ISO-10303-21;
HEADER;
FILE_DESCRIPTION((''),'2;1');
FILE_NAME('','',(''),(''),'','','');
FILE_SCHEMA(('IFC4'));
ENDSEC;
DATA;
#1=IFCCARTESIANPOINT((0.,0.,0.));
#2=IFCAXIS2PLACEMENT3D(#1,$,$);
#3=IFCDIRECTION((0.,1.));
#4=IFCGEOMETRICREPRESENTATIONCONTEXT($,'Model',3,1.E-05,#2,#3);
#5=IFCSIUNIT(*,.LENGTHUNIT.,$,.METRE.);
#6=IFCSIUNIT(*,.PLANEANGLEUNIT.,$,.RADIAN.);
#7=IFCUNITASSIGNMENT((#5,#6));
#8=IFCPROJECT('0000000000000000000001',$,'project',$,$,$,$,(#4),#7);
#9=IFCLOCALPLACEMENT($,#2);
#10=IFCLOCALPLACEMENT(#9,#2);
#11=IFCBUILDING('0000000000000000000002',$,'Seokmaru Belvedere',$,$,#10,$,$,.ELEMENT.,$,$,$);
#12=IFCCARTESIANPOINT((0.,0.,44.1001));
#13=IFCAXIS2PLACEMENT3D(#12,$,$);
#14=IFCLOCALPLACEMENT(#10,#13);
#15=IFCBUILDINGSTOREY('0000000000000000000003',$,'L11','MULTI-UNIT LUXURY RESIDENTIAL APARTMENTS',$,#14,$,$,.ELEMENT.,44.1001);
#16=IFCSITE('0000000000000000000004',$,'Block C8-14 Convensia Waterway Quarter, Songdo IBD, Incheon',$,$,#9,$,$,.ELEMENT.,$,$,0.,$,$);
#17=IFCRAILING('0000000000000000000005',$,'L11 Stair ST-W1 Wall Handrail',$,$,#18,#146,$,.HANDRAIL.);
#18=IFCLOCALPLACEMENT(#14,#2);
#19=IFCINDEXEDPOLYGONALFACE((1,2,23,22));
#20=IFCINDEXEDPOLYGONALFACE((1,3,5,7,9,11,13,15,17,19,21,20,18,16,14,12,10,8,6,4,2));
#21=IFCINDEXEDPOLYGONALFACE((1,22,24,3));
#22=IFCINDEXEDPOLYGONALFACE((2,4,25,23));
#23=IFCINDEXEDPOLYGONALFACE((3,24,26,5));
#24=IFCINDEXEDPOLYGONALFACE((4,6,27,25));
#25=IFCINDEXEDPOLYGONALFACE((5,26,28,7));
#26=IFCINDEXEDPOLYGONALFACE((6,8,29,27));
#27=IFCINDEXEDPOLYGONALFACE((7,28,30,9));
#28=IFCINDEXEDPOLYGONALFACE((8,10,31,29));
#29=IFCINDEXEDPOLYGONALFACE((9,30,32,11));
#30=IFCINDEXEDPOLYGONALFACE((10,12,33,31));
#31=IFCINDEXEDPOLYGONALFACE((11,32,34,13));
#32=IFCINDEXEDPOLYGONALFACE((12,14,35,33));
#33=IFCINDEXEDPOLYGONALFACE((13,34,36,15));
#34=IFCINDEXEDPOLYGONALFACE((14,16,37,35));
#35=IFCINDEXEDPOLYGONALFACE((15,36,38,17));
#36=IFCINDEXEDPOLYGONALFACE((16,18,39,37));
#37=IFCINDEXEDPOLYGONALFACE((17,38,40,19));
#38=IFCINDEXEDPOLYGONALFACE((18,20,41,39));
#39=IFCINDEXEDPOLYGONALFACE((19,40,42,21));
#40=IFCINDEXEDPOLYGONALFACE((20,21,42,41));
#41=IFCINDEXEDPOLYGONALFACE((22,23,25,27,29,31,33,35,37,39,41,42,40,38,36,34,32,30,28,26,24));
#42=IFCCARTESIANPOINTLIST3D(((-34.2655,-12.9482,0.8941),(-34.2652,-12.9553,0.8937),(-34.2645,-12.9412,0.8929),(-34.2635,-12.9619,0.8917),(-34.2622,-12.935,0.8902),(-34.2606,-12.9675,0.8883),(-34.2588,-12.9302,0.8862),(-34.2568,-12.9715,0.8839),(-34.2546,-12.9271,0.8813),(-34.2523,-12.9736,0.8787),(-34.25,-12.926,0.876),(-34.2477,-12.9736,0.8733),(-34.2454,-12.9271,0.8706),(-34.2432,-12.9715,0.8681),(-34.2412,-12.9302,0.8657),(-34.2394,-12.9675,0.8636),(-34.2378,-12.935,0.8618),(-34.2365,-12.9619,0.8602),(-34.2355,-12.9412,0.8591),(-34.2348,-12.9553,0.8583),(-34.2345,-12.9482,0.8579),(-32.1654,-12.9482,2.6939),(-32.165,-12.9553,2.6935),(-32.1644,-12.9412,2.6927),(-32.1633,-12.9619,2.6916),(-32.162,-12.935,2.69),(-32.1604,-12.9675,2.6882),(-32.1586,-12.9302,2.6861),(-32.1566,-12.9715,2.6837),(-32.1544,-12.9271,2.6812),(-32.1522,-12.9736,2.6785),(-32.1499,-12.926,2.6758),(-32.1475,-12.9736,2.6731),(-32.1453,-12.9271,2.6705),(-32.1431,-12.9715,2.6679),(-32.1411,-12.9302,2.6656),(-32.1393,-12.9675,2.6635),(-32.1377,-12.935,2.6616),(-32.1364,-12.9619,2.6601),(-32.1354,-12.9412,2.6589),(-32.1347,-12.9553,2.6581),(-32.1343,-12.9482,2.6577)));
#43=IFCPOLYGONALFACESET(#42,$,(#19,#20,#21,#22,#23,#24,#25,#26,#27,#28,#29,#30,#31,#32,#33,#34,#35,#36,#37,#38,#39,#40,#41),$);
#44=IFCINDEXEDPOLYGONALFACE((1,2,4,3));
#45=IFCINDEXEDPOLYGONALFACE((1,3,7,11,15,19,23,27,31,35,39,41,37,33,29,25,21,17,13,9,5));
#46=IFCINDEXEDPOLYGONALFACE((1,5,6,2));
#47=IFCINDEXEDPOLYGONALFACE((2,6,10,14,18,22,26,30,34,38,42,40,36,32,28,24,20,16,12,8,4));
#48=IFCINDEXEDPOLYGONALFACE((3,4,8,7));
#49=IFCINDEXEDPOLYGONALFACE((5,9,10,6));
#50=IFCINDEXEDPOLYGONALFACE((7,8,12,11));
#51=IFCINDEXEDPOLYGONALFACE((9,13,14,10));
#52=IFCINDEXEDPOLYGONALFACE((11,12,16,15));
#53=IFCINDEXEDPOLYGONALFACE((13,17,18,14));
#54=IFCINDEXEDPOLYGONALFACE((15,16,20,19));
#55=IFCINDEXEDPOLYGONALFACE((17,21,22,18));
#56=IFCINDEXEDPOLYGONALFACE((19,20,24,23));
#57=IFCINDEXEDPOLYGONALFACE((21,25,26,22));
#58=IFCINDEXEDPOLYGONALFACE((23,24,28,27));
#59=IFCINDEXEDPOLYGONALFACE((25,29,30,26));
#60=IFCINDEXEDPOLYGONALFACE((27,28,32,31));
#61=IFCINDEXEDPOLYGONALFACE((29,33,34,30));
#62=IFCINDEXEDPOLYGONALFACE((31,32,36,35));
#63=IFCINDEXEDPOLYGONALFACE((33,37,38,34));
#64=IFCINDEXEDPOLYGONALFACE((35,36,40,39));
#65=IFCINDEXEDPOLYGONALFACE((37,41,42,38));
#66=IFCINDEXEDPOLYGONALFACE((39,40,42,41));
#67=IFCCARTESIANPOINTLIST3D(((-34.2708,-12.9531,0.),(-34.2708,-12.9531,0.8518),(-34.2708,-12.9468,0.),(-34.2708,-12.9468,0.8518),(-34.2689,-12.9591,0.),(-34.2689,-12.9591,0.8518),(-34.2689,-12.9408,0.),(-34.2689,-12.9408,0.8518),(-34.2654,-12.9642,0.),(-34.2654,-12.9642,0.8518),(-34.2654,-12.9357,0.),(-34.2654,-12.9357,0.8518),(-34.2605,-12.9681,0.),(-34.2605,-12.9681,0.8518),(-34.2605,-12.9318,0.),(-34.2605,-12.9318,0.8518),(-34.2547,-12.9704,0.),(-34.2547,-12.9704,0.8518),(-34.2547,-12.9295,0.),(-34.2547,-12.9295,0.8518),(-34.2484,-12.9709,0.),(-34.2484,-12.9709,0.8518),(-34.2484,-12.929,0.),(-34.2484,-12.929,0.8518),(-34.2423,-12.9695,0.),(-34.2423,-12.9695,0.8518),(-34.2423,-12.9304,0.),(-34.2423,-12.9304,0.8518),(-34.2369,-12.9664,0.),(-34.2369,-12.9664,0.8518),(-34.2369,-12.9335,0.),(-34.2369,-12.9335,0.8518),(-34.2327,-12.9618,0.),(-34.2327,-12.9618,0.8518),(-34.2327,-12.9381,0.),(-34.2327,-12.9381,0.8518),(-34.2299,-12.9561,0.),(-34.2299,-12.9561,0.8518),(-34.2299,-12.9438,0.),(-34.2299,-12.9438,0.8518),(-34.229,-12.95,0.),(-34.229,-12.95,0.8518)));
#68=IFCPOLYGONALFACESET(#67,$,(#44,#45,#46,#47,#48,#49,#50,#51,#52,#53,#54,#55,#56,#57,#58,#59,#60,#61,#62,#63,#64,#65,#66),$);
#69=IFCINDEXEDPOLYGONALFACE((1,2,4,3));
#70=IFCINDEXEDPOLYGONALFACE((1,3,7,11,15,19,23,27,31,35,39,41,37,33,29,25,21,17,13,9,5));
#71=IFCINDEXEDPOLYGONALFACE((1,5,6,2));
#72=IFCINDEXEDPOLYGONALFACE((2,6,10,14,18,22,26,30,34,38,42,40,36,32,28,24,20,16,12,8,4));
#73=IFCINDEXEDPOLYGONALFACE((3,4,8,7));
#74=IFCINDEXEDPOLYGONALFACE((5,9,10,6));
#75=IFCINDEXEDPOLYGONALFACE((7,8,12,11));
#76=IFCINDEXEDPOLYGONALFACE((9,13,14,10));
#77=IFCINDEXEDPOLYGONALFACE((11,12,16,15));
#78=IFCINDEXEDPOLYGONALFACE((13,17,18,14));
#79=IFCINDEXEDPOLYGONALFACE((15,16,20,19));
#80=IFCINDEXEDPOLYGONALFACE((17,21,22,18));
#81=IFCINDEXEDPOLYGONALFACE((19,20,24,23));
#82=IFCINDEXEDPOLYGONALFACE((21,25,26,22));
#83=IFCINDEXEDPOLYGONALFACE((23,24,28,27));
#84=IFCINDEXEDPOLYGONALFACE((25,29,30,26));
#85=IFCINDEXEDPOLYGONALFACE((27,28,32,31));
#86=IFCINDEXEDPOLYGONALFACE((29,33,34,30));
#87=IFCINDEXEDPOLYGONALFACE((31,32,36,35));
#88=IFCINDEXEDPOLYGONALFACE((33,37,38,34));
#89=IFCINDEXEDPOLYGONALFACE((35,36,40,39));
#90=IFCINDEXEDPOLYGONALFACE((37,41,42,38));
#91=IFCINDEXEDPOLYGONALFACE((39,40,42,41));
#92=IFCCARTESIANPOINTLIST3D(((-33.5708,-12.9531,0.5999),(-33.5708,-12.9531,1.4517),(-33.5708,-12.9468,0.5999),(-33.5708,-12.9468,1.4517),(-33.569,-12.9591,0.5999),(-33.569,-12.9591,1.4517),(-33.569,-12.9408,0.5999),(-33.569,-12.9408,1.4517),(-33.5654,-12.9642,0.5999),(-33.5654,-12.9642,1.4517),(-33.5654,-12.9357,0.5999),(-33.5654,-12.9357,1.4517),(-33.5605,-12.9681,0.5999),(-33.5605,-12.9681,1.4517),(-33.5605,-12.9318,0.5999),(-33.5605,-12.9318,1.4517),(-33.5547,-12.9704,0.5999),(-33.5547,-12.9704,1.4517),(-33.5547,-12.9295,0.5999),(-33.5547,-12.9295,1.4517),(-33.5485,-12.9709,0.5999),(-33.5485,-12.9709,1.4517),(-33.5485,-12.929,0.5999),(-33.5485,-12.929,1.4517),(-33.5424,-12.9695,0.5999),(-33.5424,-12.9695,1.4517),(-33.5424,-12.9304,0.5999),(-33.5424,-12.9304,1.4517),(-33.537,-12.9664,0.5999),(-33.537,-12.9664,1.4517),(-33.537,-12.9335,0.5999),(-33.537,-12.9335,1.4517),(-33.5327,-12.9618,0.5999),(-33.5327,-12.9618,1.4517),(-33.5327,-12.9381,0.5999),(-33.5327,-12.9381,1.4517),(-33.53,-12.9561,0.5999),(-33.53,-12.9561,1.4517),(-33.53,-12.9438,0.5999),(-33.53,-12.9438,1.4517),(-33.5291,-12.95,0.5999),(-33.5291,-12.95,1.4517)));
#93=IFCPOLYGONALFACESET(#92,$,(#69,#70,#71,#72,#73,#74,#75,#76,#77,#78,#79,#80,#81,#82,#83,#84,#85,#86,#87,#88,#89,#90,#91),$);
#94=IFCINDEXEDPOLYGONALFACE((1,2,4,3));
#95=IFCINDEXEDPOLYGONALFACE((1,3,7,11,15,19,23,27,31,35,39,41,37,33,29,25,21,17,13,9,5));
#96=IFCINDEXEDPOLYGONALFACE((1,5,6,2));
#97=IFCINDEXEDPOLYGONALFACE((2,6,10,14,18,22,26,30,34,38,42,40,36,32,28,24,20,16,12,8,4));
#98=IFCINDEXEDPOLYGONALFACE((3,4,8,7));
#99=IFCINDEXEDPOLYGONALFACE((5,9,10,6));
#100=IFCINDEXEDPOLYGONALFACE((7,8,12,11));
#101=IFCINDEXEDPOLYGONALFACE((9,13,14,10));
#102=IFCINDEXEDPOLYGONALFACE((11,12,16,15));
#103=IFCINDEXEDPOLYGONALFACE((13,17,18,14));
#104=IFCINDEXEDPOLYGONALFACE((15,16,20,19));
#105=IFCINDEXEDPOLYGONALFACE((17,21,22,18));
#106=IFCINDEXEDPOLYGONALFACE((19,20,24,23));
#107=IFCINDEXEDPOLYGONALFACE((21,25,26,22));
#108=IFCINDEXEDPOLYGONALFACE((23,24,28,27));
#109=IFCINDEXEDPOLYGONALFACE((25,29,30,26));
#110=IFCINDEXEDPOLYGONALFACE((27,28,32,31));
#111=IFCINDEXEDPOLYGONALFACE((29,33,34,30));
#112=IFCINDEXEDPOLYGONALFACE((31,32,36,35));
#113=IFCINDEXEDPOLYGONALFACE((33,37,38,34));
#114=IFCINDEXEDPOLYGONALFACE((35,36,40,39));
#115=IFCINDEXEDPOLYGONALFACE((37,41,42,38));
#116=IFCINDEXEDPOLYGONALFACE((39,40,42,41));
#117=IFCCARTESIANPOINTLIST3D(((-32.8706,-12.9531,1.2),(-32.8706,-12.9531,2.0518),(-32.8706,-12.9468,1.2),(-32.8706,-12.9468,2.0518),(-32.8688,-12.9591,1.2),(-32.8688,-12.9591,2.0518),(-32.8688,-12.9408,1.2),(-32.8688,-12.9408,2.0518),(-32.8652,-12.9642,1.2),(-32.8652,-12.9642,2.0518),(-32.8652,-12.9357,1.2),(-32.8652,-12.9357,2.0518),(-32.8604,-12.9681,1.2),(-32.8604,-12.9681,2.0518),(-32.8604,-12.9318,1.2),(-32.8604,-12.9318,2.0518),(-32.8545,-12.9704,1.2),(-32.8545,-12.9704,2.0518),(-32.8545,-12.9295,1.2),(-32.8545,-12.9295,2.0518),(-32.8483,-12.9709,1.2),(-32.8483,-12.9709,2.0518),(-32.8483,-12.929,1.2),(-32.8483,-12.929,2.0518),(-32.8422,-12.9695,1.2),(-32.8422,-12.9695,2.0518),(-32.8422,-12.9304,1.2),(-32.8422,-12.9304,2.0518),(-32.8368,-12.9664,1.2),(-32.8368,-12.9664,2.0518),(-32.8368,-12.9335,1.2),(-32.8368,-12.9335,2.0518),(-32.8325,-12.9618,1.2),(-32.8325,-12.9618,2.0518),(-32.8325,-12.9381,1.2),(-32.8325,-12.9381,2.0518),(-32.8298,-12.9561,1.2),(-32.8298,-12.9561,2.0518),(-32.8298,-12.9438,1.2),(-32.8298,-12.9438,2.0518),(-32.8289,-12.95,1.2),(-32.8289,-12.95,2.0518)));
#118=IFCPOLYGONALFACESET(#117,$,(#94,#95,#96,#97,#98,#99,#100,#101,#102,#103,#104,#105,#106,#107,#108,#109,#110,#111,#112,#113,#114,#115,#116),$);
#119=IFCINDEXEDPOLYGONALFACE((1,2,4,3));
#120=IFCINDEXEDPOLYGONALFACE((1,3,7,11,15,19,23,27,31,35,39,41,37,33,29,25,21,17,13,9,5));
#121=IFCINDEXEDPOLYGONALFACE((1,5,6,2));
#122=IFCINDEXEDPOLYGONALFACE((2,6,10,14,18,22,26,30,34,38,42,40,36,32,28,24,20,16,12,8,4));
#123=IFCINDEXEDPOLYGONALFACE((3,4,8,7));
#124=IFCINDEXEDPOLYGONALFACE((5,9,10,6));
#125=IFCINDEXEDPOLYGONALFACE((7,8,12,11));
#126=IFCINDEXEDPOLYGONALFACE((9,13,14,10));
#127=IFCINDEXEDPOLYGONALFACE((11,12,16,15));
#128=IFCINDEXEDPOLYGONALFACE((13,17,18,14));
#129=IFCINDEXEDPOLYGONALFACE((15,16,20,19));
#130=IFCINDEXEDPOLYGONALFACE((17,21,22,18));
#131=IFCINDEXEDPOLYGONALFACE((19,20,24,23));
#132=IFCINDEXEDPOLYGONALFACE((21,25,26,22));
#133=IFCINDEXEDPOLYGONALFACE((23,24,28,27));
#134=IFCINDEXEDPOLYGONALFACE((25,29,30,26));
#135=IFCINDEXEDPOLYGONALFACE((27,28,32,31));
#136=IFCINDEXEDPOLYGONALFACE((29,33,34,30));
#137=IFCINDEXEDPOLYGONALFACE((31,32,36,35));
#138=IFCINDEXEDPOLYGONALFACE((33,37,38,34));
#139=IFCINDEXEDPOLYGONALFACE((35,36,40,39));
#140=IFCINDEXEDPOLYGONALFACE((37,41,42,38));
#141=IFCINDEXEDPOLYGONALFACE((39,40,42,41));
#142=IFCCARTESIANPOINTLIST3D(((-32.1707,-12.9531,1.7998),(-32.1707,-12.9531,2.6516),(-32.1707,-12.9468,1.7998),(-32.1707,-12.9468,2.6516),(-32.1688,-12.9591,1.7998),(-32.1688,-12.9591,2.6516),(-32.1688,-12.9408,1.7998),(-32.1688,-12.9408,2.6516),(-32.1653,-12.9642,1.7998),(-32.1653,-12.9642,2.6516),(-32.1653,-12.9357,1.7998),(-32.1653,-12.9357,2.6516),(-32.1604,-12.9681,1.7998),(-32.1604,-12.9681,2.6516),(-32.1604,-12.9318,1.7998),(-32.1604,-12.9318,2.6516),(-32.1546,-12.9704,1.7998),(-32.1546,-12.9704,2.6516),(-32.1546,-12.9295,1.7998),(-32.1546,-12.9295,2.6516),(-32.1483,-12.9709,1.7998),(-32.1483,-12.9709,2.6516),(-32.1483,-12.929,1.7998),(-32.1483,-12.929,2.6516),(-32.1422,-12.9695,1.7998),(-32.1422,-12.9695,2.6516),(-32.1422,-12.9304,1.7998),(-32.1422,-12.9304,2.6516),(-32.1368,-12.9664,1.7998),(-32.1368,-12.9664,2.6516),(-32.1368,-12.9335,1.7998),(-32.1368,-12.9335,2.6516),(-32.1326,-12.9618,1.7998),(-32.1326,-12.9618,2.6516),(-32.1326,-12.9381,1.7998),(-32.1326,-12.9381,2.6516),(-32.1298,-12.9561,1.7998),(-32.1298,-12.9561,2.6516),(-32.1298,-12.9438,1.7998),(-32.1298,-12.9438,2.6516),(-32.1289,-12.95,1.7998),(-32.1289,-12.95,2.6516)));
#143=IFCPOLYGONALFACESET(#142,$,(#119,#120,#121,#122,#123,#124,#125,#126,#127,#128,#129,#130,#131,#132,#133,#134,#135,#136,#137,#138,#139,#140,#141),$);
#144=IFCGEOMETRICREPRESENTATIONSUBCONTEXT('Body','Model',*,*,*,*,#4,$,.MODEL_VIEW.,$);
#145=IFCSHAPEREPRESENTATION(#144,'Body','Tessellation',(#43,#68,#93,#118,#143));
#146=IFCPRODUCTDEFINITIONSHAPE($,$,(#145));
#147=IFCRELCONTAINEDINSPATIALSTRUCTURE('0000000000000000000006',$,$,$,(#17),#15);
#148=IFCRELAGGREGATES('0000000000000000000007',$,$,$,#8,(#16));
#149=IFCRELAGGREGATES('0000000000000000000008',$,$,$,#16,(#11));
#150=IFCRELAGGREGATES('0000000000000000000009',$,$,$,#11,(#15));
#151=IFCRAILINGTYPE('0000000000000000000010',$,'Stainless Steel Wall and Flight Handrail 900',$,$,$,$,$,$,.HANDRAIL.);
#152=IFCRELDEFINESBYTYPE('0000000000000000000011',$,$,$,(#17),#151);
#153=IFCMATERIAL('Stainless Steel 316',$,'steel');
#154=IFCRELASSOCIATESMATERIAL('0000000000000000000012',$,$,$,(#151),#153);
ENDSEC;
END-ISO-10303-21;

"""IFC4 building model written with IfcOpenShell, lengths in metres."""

from ifc_helpers import new_model, si_unit, direction, frame, origin, origin_2d, place, context, subcontext, project, spatial, circle, extrude, material, type_object, element, save


model = new_model("IFC4")

# Units and contexts
model_context = context("Model", 3, precision=1e-05, world=origin(), true_north=direction((0.0, 1.0)))
body_context = subcontext(model_context, "Body", "Model", "MODEL_VIEW")
ifc_project = project(units=[si_unit("LENGTHUNIT", "METRE"), si_unit("PLANEANGLEUNIT", "RADIAN")], contexts=[model_context])

# Site, building, storey
site_placement = place(None, origin())
site = spatial("IfcSite", under=ifc_project, at=site_placement, Name="Block C8-14 Convensia Waterway Quarter, Songdo IBD, Incheon", CompositionType="ELEMENT", RefElevation=0.0)
building_placement = place(site_placement, origin())
building = spatial("IfcBuilding", under=site, at=building_placement, Name="Seokmaru Belvedere", CompositionType="ELEMENT")
storey_placement = place(building_placement, frame((0.0, 0.0, 44.1001)))
storey = spatial("IfcBuildingStorey", under=building, at=storey_placement, Name="L11", Description="MULTI-UNIT LUXURY RESIDENTIAL APARTMENTS", CompositionType="ELEMENT", Elevation=44.1001)

# Railing
ifc_material_1 = material(Name="Stainless Steel 316", Category="steel")
railing_type_1 = type_object("IfcRailingType", Name="Stainless Steel Wall and Flight Handrail 900", PredefinedType="HANDRAIL", material=ifc_material_1)
railing_1_placement = place(storey_placement, frame((-34.25, -12.95, 0.0)))
element("IfcRailing", 1, at=railing_1_placement, inside=storey, type_object=railing_type_1, Name="L11 Stair ST-W1 Wall Handrail", PredefinedType="HANDRAIL", context=body_context, shape_type="SweptSolid", body=[
    extrude(circle(Radius=0.0239, at=origin_2d()), frame((0.0, 0.0, 0.876), z_axis=(0.759306, 0.0, 0.650733), x_axis=(0.0, 1.0, 0.0)), (0.0, 0.0, 1.0), 2.7659),
    extrude(circle(Radius=0.021, at=origin_2d()), origin(), (0.0, 0.0, 1.0), 0.8518),
    extrude(circle(Radius=0.021, at=origin_2d()), frame((0.7, 0.0, 0.5999)), (0.0, 0.0, 1.0), 0.8518),
    extrude(circle(Radius=0.021, at=origin_2d()), frame((1.4001, 0.0, 1.2)), (0.0, 0.0, 1.0), 0.8518),
    extrude(circle(Radius=0.021, at=origin_2d()), frame((2.1001, 0.0, 1.7998)), (0.0, 0.0, 1.0), 0.8518),
])

save(model, "model.ifc")
